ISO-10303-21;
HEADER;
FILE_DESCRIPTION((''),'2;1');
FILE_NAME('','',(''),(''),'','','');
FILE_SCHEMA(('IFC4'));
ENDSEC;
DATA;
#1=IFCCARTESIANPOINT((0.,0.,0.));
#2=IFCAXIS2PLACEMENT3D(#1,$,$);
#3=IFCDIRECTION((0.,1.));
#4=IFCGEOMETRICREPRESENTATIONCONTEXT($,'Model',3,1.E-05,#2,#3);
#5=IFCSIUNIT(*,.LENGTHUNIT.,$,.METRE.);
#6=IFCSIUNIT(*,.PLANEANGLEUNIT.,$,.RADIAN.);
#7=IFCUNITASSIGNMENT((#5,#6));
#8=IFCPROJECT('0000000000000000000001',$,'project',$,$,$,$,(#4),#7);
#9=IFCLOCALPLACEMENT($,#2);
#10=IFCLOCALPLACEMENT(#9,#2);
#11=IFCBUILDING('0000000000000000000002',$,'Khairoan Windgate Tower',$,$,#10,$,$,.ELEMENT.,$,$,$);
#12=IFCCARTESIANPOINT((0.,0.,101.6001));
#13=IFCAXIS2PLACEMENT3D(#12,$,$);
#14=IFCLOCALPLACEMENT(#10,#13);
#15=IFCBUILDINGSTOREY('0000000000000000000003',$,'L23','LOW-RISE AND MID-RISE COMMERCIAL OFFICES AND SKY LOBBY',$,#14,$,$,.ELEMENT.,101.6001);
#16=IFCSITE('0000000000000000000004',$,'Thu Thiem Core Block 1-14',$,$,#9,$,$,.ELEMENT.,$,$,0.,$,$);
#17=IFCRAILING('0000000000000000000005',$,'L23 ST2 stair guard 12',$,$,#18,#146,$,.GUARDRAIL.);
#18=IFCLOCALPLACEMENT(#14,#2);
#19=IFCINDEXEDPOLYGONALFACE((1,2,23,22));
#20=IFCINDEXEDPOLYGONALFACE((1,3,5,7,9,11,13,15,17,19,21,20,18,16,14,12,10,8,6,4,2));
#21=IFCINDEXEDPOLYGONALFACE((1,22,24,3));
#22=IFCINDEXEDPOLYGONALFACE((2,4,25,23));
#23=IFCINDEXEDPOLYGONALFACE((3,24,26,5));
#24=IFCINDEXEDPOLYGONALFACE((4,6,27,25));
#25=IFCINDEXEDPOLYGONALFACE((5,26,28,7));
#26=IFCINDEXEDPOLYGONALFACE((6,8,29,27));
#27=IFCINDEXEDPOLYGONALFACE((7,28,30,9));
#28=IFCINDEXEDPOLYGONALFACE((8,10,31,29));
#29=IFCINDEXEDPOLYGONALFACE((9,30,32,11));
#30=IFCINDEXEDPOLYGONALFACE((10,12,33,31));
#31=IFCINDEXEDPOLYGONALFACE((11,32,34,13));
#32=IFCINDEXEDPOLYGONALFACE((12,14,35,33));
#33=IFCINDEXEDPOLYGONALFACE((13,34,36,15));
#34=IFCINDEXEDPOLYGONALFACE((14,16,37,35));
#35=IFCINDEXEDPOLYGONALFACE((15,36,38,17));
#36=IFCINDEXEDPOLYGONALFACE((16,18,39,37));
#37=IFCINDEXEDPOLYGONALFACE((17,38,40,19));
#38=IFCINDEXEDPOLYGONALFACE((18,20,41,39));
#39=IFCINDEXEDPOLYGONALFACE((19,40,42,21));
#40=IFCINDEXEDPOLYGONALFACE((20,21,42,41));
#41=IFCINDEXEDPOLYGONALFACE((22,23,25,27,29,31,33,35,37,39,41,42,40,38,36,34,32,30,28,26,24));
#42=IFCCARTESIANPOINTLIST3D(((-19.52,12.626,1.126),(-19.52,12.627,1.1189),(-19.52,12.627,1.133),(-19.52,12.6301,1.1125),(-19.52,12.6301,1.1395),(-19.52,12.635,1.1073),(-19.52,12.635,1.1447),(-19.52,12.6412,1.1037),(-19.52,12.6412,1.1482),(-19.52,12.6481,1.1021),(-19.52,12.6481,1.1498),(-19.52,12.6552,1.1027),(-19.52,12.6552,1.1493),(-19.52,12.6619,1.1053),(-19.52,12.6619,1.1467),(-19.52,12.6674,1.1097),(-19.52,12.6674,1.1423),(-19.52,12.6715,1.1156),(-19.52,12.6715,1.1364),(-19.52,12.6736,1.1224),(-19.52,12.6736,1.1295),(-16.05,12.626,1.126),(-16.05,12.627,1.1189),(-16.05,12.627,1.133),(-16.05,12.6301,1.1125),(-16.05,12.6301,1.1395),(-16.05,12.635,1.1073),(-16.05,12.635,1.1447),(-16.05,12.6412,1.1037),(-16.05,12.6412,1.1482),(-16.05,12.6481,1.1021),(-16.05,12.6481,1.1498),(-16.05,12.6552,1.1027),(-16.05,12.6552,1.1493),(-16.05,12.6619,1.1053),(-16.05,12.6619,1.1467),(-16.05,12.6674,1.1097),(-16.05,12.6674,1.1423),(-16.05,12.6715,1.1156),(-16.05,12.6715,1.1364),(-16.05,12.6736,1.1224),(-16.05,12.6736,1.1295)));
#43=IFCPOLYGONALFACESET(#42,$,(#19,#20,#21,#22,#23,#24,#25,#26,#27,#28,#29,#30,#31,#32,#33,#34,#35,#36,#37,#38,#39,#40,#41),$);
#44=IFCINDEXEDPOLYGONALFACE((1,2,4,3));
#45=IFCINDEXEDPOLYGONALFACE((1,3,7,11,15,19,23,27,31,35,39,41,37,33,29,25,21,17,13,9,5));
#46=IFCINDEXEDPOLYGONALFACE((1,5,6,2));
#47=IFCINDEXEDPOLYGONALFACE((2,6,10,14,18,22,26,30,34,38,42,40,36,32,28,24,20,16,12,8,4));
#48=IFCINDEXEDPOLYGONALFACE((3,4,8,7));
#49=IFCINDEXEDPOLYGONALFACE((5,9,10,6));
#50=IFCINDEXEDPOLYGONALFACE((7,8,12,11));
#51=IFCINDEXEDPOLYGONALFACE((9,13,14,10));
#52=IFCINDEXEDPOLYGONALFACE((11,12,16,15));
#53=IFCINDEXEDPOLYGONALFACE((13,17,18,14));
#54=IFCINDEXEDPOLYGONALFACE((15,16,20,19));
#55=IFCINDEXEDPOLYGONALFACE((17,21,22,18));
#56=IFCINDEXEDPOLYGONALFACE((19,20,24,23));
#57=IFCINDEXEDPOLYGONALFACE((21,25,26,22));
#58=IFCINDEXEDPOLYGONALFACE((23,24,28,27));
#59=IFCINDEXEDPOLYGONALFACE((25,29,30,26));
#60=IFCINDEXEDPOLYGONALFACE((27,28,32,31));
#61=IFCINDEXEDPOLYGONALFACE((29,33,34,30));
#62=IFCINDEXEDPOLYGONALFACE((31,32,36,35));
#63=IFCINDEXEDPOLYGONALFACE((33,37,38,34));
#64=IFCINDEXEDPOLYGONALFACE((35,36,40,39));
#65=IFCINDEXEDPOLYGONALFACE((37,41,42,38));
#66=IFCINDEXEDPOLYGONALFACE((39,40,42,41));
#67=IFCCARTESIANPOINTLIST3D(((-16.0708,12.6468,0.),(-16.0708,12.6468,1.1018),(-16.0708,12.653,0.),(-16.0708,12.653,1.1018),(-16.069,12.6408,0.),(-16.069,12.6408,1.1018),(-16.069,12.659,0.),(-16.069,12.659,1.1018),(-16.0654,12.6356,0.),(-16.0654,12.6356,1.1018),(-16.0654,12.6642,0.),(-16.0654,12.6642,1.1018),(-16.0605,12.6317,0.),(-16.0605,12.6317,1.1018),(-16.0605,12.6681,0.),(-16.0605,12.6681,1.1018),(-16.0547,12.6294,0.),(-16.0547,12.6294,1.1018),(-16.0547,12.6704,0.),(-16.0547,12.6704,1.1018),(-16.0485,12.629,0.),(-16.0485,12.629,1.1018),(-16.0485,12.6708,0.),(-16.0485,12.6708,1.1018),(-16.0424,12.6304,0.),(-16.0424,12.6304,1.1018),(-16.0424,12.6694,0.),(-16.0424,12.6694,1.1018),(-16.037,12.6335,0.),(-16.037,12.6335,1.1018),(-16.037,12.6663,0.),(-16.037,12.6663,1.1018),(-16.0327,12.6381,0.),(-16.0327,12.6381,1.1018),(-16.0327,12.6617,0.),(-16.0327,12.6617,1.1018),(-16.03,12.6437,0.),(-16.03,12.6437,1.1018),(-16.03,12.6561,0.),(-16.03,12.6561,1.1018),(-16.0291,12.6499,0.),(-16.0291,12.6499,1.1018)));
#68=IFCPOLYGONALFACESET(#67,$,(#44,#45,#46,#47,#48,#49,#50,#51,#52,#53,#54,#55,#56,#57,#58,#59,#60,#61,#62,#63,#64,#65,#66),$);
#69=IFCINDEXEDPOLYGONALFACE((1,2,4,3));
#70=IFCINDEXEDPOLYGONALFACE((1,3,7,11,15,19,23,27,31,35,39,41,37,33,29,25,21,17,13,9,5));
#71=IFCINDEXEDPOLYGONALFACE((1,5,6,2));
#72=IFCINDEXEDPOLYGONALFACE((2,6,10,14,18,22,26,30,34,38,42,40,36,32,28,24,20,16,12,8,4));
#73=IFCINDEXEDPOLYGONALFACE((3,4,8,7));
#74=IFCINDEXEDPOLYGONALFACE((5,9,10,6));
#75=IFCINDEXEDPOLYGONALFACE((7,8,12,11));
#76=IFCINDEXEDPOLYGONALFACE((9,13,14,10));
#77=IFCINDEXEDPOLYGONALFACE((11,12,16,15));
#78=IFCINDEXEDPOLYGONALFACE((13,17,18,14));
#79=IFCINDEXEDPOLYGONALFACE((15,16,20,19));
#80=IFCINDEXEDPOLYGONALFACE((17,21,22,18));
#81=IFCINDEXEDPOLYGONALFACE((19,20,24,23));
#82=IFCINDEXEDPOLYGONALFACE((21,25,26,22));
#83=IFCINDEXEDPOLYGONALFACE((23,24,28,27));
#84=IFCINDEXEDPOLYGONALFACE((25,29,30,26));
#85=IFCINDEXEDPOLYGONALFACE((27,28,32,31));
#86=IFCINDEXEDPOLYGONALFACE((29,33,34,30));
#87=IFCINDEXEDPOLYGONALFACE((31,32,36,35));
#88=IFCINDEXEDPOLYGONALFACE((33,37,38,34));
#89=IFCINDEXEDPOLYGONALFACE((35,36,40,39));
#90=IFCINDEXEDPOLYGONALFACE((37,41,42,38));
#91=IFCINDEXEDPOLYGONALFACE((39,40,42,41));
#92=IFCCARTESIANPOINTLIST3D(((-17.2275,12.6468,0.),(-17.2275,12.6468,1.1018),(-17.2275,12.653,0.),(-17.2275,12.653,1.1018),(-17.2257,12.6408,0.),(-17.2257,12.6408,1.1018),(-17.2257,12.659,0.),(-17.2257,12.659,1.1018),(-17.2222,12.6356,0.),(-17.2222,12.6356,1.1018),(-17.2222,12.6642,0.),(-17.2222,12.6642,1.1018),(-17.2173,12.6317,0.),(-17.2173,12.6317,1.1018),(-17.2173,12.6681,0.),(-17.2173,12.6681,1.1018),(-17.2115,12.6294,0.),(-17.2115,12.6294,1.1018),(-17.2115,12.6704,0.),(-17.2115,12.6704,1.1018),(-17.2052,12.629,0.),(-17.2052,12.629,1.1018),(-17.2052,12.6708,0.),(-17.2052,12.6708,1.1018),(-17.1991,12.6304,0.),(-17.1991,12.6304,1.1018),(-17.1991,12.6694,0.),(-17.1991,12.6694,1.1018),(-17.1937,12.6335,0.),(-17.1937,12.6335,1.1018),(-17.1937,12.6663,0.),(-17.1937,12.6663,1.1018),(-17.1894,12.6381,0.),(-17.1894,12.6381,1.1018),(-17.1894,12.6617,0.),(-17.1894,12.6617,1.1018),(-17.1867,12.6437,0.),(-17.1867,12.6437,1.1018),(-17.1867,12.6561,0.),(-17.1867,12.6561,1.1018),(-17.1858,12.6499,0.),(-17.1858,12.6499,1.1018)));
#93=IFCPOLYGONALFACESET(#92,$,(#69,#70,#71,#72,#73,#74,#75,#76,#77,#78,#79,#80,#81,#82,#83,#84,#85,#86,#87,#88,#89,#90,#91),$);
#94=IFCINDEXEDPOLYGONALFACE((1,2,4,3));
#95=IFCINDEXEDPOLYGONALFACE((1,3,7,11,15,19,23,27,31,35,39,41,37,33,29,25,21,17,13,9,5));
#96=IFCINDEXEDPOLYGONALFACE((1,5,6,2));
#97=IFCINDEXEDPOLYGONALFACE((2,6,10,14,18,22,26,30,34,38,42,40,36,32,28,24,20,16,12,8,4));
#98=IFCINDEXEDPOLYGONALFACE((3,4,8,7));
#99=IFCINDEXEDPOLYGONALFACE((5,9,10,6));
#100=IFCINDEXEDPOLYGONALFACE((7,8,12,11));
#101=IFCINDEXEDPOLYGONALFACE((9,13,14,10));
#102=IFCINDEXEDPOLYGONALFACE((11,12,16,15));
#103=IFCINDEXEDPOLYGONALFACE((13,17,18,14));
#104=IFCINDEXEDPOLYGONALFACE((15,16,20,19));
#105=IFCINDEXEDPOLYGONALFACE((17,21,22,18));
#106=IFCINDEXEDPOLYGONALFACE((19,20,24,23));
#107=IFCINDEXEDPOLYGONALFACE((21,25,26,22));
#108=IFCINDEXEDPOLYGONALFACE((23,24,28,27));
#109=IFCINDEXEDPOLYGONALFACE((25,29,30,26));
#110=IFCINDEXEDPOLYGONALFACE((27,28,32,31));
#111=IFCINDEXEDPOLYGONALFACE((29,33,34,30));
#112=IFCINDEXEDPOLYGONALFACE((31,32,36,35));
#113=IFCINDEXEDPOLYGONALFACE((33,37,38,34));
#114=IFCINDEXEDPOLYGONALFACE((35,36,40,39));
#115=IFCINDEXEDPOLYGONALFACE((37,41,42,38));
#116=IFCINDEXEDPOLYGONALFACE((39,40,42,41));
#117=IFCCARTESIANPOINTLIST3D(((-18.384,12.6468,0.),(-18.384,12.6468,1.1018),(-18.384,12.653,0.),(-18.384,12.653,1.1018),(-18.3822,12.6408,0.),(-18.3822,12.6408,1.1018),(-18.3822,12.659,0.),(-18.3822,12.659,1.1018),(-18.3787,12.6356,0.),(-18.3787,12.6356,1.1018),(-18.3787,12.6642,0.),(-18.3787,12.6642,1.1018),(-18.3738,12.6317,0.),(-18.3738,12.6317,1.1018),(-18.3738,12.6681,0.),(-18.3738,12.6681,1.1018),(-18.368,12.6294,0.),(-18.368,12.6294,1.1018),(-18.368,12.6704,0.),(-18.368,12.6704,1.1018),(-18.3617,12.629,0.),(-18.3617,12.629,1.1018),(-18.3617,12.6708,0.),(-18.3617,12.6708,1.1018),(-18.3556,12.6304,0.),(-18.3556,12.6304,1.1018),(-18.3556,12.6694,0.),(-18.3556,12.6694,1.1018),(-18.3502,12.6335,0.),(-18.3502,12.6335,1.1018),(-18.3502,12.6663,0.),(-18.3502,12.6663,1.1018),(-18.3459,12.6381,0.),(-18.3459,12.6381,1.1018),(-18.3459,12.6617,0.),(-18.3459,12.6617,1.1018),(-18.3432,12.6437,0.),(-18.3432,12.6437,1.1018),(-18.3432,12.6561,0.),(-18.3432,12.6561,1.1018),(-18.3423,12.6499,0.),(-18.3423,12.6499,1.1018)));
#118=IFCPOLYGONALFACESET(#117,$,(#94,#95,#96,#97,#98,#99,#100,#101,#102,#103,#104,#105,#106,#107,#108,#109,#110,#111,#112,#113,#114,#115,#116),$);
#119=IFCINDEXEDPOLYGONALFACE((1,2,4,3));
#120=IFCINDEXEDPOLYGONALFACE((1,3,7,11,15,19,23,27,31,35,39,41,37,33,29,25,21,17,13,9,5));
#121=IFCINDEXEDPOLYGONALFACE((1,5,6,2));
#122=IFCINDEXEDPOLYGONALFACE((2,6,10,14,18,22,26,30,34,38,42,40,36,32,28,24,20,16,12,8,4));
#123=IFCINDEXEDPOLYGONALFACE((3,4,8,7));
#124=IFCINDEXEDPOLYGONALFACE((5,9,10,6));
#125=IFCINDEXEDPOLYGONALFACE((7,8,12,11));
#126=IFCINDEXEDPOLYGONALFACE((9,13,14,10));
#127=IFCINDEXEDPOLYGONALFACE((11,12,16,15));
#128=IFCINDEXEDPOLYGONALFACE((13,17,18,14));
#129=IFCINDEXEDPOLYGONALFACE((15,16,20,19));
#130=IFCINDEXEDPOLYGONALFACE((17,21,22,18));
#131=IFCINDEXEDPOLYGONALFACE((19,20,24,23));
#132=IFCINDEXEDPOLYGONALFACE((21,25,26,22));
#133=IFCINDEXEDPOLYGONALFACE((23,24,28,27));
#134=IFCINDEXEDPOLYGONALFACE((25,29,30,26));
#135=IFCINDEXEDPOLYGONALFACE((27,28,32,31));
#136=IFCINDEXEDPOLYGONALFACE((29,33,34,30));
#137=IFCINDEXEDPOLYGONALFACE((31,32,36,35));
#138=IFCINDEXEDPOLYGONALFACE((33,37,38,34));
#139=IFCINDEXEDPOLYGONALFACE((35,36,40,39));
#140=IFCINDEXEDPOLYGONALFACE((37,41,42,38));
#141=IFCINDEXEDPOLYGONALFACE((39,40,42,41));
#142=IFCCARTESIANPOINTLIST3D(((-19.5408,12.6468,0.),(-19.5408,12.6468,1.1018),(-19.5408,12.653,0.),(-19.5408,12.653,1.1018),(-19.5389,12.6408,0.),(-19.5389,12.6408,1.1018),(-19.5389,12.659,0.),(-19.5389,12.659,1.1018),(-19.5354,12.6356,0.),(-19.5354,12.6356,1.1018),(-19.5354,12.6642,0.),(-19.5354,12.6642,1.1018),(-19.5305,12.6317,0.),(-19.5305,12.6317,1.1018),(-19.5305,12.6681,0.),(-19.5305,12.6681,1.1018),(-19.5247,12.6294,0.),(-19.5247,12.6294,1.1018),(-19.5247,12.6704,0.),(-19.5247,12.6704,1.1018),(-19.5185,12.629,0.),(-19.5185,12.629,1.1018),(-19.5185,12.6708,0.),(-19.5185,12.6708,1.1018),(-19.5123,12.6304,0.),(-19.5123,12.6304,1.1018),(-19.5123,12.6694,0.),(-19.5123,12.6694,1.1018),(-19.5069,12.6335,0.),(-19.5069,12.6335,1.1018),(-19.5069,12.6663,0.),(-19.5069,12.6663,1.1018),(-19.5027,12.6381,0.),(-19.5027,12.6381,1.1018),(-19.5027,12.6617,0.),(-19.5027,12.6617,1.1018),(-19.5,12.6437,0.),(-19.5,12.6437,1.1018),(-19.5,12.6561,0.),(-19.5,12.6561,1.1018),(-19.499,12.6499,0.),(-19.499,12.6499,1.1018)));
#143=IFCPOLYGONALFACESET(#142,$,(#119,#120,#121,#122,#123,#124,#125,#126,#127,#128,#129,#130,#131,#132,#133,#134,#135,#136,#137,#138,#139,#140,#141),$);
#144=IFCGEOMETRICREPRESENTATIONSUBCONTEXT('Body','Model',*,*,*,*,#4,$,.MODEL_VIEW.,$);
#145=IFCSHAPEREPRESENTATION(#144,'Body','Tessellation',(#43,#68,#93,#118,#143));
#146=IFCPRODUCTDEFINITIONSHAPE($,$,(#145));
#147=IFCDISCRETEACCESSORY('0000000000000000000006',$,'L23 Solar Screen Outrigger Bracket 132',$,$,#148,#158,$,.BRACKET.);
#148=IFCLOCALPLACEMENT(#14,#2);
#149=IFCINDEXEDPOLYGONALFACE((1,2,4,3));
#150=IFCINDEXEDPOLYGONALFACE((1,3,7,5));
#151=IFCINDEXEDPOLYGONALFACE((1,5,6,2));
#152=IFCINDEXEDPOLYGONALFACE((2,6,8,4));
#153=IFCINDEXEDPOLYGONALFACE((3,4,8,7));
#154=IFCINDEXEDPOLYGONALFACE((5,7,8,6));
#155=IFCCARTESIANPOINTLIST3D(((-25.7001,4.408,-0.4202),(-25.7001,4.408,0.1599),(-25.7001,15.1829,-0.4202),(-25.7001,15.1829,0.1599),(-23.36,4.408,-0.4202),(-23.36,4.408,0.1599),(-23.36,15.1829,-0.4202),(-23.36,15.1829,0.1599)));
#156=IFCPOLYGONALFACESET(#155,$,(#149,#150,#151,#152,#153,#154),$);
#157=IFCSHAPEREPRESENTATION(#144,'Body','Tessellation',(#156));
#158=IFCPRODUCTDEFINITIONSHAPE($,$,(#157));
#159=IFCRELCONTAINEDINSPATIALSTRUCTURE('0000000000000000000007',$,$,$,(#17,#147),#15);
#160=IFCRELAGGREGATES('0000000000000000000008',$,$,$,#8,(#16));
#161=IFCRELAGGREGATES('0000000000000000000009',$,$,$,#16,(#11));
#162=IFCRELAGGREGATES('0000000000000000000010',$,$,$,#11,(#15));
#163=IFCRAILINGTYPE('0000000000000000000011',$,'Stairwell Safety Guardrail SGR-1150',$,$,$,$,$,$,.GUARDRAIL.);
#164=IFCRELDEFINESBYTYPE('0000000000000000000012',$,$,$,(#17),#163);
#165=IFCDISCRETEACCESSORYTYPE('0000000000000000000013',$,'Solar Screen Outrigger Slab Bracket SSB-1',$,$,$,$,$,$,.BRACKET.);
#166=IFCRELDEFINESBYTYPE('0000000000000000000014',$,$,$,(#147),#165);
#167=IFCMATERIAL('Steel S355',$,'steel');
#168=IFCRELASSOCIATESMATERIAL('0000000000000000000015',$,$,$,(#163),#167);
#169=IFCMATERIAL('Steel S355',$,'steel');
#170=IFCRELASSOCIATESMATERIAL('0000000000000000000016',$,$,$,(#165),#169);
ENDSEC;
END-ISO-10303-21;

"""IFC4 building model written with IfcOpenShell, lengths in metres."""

from ifc_helpers import new_model, si_unit, direction, frame, origin, origin_2d, place, context, subcontext, project, spatial, rectangle, circle, extrude, material, type_object, element, save


model = new_model("IFC4")

# Units and contexts
model_context = context("Model", 3, precision=1e-05, world=origin(), true_north=direction((0.0, 1.0)))
body_context = subcontext(model_context, "Body", "Model", "MODEL_VIEW")
ifc_project = project(units=[si_unit("LENGTHUNIT", "METRE"), si_unit("PLANEANGLEUNIT", "RADIAN")], contexts=[model_context])

# Site, building, storey
site_placement = place(None, origin())
site = spatial("IfcSite", under=ifc_project, at=site_placement, Name="Thu Thiem Core Block 1-14", CompositionType="ELEMENT", RefElevation=0.0)
building_placement = place(site_placement, origin())
building = spatial("IfcBuilding", under=site, at=building_placement, Name="Khairoan Windgate Tower", CompositionType="ELEMENT")
storey_placement = place(building_placement, frame((0.0, 0.0, 101.6001)))
storey = spatial("IfcBuildingStorey", under=building, at=storey_placement, Name="L23", Description="LOW-RISE AND MID-RISE COMMERCIAL OFFICES AND SKY LOBBY", CompositionType="ELEMENT", Elevation=101.6001)

# Railing
ifc_material_1 = material(Name="Steel S355", Category="steel")
railing_type = type_object("IfcRailingType", Name="Stairwell Safety Guardrail SGR-1150", PredefinedType="GUARDRAIL", material=ifc_material_1)
railing_1_placement = place(storey_placement, frame((-16.05, 12.6499, 0.0)))
element("IfcRailing", 1, at=railing_1_placement, inside=storey, type_object=railing_type, Name="L23 ST2 stair guard 12", PredefinedType="GUARDRAIL", context=body_context, shape_type="SweptSolid", body=[
    extrude(circle(Radius=0.0239, at=origin_2d()), frame((0.0, 0.0, 1.126), z_axis=(-1.0, 0.0, 0.0), x_axis=(0.0, -1.0, 0.0)), (0.0, 0.0, 1.0), 3.47),
    extrude(circle(Radius=0.021, at=origin_2d()), origin(), (0.0, 0.0, 1.0), 1.1018),
    extrude(circle(Radius=0.021, at=origin_2d()), frame((-1.1567, 0.0, 0.0)), (0.0, 0.0, 1.0), 1.1018),
    extrude(circle(Radius=0.021, at=origin_2d()), frame((-2.3132, 0.0, 0.0)), (0.0, 0.0, 1.0), 1.1018),
    extrude(circle(Radius=0.021, at=origin_2d()), frame((-3.47, 0.0, 0.0)), (0.0, 0.0, 1.0), 1.1018),
])

# Discrete accessory
ifc_material_2 = material(Name="Steel S355", Category="steel")
discrete_accessory_type = type_object("IfcDiscreteAccessoryType", Name="Solar Screen Outrigger Slab Bracket SSB-1", PredefinedType="BRACKET", material=ifc_material_2)
discrete_accessory_placement = place(storey_placement, frame((-24.53, 9.7954, -0.4202), z_axis=(0.0, 0.0, 1.0), x_axis=(0.0, 1.0, 0.0)))
element("IfcDiscreteAccessory", 2, at=discrete_accessory_placement, inside=storey, type_object=discrete_accessory_type, Name="L23 Solar Screen Outrigger Bracket 132", PredefinedType="BRACKET", context=body_context, shape_type="SweptSolid", body=[
    extrude(rectangle(XDim=10.7749, YDim=2.3401, at=origin_2d()), origin(), (0.0, 0.0, 1.0), 0.5801),
])

save(model, "model.ifc")
